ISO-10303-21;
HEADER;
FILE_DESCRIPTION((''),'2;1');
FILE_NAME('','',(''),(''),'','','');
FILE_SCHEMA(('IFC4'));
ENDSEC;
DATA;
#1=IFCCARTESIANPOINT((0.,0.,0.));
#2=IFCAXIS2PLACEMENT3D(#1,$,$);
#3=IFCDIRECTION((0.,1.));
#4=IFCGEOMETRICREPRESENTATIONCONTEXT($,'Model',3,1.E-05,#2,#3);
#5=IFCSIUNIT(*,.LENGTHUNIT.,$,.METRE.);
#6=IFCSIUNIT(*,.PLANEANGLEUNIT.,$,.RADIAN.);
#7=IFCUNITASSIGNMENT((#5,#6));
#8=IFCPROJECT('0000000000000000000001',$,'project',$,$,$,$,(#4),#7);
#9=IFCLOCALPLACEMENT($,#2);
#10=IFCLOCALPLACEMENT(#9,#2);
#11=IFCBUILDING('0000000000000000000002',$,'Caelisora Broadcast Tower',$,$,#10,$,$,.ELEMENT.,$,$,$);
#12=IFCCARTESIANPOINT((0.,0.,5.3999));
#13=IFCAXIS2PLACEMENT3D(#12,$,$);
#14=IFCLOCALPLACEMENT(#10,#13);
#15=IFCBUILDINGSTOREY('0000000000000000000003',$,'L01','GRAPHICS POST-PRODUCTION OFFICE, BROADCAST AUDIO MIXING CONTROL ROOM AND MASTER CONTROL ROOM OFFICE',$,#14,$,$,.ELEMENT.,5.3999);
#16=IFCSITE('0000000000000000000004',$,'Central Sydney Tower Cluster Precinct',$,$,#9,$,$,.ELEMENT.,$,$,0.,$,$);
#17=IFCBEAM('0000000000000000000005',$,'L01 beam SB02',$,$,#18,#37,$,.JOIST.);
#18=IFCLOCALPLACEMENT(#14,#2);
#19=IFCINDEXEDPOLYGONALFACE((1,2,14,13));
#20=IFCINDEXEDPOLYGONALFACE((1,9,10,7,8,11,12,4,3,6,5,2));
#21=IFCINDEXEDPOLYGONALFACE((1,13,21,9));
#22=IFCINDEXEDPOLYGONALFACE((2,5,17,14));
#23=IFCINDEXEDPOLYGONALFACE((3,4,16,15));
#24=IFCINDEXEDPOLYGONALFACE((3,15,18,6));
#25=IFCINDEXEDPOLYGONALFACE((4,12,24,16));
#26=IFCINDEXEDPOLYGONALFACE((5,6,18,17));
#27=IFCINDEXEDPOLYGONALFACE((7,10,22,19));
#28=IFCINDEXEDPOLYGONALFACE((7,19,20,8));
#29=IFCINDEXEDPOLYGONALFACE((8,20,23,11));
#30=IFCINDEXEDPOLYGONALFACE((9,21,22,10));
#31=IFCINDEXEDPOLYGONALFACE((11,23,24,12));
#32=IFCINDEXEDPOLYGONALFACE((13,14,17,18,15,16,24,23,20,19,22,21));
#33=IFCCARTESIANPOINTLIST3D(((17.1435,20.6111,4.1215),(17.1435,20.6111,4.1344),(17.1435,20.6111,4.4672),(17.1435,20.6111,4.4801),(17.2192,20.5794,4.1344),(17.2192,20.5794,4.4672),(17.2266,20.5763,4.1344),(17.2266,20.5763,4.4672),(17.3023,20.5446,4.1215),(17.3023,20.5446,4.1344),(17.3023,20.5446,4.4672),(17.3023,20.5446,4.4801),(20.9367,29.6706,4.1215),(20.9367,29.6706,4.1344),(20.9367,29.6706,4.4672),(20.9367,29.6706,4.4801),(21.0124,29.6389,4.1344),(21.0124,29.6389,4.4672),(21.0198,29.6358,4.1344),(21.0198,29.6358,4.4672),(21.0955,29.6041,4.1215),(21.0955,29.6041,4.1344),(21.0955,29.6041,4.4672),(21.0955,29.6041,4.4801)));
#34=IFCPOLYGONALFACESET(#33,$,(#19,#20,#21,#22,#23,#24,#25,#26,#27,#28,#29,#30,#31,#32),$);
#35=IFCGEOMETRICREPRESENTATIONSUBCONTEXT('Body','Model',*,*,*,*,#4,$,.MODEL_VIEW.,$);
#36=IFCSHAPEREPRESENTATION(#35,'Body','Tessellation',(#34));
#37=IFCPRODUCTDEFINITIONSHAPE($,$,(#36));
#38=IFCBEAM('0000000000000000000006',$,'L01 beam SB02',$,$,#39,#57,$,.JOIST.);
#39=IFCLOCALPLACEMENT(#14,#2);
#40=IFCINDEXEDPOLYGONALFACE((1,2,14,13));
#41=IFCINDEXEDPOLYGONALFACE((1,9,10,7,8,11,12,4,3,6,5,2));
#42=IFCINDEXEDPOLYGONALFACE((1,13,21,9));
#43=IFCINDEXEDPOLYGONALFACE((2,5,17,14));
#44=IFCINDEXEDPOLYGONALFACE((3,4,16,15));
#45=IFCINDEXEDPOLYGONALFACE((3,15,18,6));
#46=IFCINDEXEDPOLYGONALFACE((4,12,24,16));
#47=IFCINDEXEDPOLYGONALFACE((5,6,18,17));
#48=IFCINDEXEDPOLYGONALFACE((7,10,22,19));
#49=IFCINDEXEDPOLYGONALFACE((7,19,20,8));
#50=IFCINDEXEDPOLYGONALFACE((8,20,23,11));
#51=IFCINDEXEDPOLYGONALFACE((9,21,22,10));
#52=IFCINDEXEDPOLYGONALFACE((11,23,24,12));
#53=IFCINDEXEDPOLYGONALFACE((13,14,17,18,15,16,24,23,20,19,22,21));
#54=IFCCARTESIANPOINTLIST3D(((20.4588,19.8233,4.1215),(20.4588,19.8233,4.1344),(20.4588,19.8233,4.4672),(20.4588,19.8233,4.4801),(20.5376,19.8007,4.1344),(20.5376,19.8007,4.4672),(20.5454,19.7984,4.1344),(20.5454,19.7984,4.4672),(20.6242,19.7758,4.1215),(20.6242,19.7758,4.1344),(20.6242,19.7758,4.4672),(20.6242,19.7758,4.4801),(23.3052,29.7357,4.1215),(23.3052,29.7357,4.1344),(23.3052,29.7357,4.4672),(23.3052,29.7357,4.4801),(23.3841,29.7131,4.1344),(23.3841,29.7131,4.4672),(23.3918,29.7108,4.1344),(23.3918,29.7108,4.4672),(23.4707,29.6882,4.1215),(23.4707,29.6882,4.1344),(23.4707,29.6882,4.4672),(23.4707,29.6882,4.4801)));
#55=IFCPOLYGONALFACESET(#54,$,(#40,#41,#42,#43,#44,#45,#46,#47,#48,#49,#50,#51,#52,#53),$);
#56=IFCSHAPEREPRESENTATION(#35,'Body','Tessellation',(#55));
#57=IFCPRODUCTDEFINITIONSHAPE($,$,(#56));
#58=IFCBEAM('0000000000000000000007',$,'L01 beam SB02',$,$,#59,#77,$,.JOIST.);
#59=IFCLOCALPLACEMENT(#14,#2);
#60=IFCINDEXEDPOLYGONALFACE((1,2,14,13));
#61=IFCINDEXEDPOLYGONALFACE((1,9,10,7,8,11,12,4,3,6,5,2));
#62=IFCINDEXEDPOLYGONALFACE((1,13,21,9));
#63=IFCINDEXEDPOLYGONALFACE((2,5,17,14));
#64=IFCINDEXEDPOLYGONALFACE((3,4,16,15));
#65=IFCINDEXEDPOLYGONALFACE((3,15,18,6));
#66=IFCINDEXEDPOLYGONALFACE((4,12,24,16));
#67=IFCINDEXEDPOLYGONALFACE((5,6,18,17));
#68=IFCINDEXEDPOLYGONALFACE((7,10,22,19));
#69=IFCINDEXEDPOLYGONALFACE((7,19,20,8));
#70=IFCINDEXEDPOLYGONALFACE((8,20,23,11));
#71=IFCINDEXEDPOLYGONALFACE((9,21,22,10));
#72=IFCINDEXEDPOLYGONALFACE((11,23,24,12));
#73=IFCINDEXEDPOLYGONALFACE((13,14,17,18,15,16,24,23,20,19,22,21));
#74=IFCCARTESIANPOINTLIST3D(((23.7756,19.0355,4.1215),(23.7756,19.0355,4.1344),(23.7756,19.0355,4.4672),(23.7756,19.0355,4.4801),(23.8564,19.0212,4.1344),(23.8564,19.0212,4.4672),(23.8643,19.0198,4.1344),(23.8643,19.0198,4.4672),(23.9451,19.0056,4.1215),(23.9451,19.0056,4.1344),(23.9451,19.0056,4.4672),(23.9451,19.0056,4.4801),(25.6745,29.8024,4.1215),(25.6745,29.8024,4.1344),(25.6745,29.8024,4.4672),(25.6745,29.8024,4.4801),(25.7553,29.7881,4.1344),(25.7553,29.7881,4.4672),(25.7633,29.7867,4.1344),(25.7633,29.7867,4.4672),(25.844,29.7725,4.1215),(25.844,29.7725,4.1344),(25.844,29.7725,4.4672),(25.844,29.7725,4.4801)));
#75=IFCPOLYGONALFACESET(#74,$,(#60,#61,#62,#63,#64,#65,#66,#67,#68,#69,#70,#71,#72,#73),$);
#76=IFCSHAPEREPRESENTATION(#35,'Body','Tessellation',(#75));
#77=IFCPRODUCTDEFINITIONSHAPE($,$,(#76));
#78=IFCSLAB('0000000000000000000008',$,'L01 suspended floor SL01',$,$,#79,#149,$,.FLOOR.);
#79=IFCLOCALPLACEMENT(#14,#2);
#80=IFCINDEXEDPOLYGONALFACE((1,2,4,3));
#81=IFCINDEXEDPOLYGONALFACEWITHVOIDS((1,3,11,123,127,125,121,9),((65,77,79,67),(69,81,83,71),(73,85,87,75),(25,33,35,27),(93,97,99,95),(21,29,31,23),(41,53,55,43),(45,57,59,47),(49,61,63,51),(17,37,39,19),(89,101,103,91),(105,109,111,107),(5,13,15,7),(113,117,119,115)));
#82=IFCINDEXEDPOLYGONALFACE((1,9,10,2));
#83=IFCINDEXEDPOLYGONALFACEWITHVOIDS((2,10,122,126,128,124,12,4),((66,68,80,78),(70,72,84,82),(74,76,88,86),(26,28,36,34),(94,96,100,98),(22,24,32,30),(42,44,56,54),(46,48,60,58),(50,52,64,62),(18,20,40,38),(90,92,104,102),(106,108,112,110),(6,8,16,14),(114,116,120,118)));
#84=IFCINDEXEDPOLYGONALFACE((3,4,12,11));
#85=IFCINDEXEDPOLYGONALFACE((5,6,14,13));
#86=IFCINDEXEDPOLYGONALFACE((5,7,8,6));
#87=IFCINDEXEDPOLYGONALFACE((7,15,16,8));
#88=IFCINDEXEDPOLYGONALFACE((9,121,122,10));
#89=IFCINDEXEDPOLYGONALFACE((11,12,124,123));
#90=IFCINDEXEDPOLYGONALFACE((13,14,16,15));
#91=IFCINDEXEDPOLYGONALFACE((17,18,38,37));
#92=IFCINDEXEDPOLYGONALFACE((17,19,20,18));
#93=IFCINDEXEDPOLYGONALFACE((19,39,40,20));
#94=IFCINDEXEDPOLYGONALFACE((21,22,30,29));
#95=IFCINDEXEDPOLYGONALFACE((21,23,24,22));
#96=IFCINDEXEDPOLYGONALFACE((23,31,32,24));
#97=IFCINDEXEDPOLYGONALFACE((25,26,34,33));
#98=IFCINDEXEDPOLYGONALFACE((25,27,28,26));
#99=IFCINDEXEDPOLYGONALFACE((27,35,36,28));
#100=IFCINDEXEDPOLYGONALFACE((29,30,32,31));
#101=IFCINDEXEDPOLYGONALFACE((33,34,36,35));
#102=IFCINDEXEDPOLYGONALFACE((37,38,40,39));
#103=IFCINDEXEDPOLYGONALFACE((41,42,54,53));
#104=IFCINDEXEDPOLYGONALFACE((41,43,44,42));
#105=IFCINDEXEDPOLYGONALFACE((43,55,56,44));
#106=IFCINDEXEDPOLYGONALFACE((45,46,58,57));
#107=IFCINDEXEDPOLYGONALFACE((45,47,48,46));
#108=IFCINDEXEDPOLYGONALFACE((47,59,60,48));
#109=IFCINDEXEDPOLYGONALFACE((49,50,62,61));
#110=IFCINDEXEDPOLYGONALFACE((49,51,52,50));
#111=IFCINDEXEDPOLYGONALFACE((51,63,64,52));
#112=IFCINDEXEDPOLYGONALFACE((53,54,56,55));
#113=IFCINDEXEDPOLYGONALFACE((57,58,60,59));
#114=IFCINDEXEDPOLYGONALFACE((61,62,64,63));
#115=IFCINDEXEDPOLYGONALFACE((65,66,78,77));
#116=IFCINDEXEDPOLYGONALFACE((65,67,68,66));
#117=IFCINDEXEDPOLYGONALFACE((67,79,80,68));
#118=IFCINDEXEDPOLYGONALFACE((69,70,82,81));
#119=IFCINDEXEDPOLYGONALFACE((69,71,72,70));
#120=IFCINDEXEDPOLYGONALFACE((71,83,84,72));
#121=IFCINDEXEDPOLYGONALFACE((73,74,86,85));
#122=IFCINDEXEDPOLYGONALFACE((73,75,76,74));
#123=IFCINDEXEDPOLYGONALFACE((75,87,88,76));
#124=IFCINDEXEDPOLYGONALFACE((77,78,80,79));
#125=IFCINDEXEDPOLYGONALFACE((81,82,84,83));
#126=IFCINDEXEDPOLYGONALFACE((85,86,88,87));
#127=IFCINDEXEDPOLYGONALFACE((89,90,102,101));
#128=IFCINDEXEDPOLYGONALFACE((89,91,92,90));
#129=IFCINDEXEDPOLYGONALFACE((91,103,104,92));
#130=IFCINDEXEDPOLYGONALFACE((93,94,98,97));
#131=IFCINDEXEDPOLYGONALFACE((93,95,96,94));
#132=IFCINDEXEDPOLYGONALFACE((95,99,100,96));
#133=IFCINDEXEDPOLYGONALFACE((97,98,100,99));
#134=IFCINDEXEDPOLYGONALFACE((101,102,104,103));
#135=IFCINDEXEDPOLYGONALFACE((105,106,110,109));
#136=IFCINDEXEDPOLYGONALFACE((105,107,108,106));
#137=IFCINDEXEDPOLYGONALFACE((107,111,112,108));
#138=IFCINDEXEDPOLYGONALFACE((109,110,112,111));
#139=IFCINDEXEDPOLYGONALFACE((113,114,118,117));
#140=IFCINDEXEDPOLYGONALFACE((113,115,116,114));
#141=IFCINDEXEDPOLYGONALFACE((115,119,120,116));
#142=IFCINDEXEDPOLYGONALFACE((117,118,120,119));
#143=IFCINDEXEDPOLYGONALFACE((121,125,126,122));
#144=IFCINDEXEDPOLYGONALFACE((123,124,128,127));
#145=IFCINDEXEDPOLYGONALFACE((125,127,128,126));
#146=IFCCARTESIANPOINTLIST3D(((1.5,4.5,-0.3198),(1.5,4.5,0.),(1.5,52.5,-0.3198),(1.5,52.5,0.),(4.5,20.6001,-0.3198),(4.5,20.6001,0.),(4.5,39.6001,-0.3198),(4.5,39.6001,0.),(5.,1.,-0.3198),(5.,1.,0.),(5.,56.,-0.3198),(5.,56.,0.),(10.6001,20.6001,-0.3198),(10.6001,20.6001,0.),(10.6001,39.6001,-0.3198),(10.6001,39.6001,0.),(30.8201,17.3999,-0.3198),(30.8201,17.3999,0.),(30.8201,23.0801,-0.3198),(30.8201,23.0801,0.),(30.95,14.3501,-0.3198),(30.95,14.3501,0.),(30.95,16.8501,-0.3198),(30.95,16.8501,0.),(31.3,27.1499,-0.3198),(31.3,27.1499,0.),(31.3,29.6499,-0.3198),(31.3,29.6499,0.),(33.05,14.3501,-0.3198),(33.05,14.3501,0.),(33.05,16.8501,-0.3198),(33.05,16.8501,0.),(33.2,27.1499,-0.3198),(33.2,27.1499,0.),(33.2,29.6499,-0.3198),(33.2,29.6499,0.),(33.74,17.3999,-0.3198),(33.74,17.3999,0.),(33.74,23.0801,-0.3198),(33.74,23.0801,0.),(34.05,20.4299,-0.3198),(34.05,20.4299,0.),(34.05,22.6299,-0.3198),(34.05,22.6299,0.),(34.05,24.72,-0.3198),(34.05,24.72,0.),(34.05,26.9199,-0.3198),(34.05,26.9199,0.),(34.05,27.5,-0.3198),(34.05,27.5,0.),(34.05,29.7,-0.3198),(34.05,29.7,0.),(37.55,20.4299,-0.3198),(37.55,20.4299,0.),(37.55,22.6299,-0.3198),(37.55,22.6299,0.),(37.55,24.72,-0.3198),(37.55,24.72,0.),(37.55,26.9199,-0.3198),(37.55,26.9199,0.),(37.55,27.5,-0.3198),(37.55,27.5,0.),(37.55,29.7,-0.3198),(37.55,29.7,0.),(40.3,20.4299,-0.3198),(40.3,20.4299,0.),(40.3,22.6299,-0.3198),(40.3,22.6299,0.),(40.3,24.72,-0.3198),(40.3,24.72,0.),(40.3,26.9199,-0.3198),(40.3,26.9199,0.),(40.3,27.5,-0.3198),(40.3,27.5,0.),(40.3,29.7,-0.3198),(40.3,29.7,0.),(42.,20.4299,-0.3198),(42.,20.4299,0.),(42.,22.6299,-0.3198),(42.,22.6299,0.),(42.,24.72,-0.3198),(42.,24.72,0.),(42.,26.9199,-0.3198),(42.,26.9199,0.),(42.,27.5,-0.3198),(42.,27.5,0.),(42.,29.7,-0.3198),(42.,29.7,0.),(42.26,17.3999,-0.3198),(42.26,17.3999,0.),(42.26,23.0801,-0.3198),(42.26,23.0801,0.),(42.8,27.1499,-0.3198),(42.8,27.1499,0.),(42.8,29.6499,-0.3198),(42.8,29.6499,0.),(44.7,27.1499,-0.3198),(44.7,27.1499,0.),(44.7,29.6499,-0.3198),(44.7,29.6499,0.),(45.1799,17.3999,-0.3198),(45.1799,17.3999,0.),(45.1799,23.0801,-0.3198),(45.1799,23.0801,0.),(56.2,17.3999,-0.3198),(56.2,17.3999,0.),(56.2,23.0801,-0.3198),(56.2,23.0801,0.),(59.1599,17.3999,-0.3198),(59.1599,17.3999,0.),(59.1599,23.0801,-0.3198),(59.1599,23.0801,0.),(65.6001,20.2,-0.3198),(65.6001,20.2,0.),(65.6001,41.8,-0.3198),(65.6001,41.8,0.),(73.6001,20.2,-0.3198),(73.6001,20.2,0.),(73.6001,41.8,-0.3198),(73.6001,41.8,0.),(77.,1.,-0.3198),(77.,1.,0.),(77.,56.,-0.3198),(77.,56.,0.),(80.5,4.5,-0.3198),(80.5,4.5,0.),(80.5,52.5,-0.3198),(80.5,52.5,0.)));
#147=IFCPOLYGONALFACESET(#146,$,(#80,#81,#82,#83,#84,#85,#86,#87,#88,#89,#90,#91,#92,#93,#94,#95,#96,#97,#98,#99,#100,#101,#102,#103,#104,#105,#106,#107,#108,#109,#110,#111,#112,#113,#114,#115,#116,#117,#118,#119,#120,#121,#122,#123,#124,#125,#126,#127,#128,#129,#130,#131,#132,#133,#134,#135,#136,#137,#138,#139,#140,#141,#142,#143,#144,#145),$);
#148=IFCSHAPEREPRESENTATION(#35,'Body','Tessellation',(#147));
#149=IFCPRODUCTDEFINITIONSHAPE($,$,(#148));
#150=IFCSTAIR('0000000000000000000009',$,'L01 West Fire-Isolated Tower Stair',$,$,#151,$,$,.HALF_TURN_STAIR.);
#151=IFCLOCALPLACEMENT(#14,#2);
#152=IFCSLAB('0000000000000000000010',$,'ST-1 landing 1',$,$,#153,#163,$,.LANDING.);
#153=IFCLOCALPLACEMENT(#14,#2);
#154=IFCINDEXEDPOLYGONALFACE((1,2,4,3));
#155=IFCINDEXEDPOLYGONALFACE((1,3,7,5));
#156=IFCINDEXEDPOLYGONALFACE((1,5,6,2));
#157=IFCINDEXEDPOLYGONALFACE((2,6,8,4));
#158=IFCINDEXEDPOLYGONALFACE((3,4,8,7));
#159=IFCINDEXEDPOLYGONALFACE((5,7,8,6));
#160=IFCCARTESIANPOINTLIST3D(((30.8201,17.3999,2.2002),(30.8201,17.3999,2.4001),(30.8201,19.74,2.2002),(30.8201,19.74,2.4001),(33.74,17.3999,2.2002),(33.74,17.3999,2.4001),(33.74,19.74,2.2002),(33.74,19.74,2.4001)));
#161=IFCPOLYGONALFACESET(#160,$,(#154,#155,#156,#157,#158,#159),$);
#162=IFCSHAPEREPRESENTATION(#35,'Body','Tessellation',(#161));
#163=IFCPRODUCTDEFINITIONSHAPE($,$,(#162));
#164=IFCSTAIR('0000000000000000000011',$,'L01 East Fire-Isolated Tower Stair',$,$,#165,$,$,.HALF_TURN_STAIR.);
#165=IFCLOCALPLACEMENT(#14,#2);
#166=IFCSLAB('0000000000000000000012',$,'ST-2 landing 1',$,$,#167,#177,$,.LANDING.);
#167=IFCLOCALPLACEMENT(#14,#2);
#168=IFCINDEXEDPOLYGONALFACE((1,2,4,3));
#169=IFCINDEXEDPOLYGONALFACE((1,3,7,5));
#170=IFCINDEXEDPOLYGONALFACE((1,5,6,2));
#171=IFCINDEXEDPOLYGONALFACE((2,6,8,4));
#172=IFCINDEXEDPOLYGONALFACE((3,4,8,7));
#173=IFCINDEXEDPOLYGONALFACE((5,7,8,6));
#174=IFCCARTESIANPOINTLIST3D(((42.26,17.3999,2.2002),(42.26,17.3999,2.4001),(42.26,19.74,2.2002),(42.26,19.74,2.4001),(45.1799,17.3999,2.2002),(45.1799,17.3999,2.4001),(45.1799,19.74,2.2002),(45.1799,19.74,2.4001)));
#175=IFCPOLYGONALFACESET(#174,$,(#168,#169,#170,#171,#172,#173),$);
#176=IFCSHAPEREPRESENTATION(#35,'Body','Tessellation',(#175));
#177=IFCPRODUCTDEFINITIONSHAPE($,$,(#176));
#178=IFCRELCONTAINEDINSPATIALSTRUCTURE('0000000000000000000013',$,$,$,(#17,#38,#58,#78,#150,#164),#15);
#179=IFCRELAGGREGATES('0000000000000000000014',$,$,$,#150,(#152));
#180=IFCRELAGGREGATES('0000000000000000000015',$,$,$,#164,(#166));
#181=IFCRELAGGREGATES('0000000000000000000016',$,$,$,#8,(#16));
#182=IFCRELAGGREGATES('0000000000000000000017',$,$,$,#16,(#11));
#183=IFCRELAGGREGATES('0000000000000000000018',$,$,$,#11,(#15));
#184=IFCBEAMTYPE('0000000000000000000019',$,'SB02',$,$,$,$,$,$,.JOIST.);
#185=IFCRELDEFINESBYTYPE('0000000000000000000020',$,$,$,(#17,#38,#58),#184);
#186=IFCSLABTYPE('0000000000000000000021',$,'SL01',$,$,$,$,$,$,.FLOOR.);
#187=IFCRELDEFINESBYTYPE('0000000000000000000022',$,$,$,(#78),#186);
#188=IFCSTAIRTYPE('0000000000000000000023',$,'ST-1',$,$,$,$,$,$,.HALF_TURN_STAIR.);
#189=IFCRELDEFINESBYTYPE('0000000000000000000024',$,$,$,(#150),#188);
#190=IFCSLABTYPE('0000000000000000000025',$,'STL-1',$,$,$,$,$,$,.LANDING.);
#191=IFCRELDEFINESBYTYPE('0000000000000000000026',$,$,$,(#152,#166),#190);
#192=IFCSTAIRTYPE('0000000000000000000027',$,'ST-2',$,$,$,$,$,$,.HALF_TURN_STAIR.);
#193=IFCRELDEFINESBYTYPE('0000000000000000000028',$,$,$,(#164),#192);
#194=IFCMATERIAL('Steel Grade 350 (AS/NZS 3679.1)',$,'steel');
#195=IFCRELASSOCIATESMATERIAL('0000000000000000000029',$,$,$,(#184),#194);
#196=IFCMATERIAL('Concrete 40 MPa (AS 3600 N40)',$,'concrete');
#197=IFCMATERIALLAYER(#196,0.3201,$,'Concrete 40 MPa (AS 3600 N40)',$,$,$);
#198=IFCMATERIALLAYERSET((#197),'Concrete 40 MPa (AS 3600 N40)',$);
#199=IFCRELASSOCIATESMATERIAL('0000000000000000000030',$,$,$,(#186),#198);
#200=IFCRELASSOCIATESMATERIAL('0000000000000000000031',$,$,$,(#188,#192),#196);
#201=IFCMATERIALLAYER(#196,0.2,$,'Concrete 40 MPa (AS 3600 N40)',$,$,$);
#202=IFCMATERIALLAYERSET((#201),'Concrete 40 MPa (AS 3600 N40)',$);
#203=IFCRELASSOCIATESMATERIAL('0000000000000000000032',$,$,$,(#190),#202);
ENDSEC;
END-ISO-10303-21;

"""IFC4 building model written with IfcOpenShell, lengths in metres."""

from ifc_helpers import new_model, si_unit, direction, frame, origin, origin_2d, place, context, subcontext, project, spatial, polyline, i_section, outline, extrude, source, transform, mapped, material, layer, layer_set, material_profile, profile_set, type_object, type_shapes, element, aggregate, save


model = new_model("IFC4")

# Units and contexts
model_context = context("Model", 3, precision=1e-05, world=origin(), true_north=direction((0.0, 1.0)))
body_context = subcontext(model_context, "Body", "Model", "MODEL_VIEW")
ifc_project = project(units=[si_unit("LENGTHUNIT", "METRE"), si_unit("PLANEANGLEUNIT", "RADIAN")], contexts=[model_context])

# Site, building, storey
site_placement = place(None, origin())
site = spatial("IfcSite", under=ifc_project, at=site_placement, Name="Central Sydney Tower Cluster Precinct", CompositionType="ELEMENT", RefElevation=0.0)
building_placement = place(site_placement, origin())
building = spatial("IfcBuilding", under=site, at=building_placement, Name="Caelisora Broadcast Tower", CompositionType="ELEMENT")
storey_placement = place(building_placement, frame((0.0, 0.0, 5.3999)))
storey = spatial("IfcBuildingStorey", under=building, at=storey_placement, Name="L01", Description="GRAPHICS POST-PRODUCTION OFFICE, BROADCAST AUDIO MIXING CONTROL ROOM AND MASTER CONTROL ROOM OFFICE", CompositionType="ELEMENT", Elevation=5.3999)

# Beams
ifc_material_1 = material(Name="Steel Grade 350 (AS/NZS 3679.1)", Category="steel")
ifc_material_profile_1 = material_profile(ifc_material_1, i_section(OverallWidth=0.1721, OverallDepth=0.3586, WebThickness=0.0081, FlangeThickness=0.0129, at=origin_2d()), Name="Steel Grade 350 (AS/NZS 3679.1)")
ifc_profile_set_1 = profile_set([ifc_material_profile_1], Name="Steel Grade 350 (AS/NZS 3679.1)")
beam_type_1 = type_object("IfcBeamType", Name="SB02", PredefinedType="JOIST", material=ifc_profile_set_1)
shared_shape_1 = source(origin(), body_context, "Body", "SweptSolid", [
    extrude(i_section(OverallWidth=0.1721, OverallDepth=0.3586, WebThickness=0.0081, FlangeThickness=0.0129, at=origin_2d()), origin(), (0.0, 0.0, 1.0), 9.8215),
])
beam_1_placement = place(storey_placement, frame((17.2229, 20.5779, 4.3008), z_axis=(0.38621, 0.922411, 0.0), x_axis=(-0.922411, 0.38621, 0.0)))
element("IfcBeam", 1, at=beam_1_placement, inside=storey, type_object=beam_type_1, Name="L01 beam SB02", PredefinedType="JOIST", context=body_context, shape_type="MappedRepresentation", body=[
    mapped(shared_shape_1, transform((0.0, 0.0, 0.0), scale=1.0)),
])
shared_shape_2 = source(origin(), body_context, "Body", "SweptSolid", [
    extrude(i_section(OverallWidth=0.1721, OverallDepth=0.3586, WebThickness=0.0081, FlangeThickness=0.0129, at=origin_2d()), origin(), (0.0, 0.0, 1.0), 10.313),
])
beam_2_placement = place(storey_placement, frame((20.5415, 19.7996, 4.3008), z_axis=(0.276006, 0.961156, 0.0), x_axis=(-0.961156, 0.276006, 0.0)))
element("IfcBeam", 2, at=beam_2_placement, inside=storey, type_object=beam_type_1, Name="L01 beam SB02", PredefinedType="JOIST", context=body_context, shape_type="MappedRepresentation", body=[
    mapped(shared_shape_2, transform((0.0, 0.0, 0.0), scale=1.0)),
])
shared_shape_3 = source(origin(), body_context, "Body", "SweptSolid", [
    extrude(i_section(OverallWidth=0.1721, OverallDepth=0.3586, WebThickness=0.0081, FlangeThickness=0.0129, at=origin_2d()), origin(), (0.0, 0.0, 1.0), 10.9331),
])
type_shapes(beam_type_1, [shared_shape_1, shared_shape_2, shared_shape_3])
beam_3_placement = place(storey_placement, frame((23.8604, 19.0205, 4.3008), z_axis=(0.173687, 0.984801, 0.0), x_axis=(-0.984801, 0.173687, 0.0)))
element("IfcBeam", 3, at=beam_3_placement, inside=storey, type_object=beam_type_1, Name="L01 beam SB02", PredefinedType="JOIST", context=body_context, shape_type="MappedRepresentation", body=[
    mapped(shared_shape_3, transform((0.0, 0.0, 0.0), scale=1.0)),
])

# Slab
ifc_material_2 = material(Name="Concrete 40 MPa (AS 3600 N40)", Category="concrete")
ifc_layer_1 = layer(ifc_material_2, 0.3201, Name="Concrete 40 MPa (AS 3600 N40)")
ifc_layer_set_1 = layer_set([ifc_layer_1], Name="Concrete 40 MPa (AS 3600 N40)")
slab_type_1 = type_object("IfcSlabType", Name="SL01", PredefinedType="FLOOR", material=ifc_layer_set_1)
slab_1_placement = place(storey_placement, frame((0.0, 0.0, -0.3198)))
element("IfcSlab", 4, at=slab_1_placement, inside=storey, type_object=slab_type_1, Name="L01 suspended floor SL01", PredefinedType="FLOOR", context=body_context, shape_type="SweptSolid", body=[
    extrude(outline(polyline([(5.0, 1.0), (77.0, 1.0), (80.5, 4.5), (80.5, 52.5), (77.0, 56.0), (5.0, 56.0), (1.5, 52.5), (1.5, 4.5), (5.0, 1.0)]), holes=[polyline([(30.8201, 17.3999), (33.74, 17.3999), (33.74, 23.0801), (30.8201, 23.0801), (30.8201, 17.3999)]), polyline([(42.26, 17.3999), (45.1799, 17.3999), (45.1799, 23.0801), (42.26, 23.0801), (42.26, 17.3999)]), polyline([(56.2, 17.3999), (59.1599, 17.3999), (59.1599, 23.0801), (56.2, 23.0801), (56.2, 17.3999)]), polyline([(42.8, 27.1499), (44.7, 27.1499), (44.7, 29.6499), (42.8, 29.6499), (42.8, 27.1499)]), polyline([(40.3, 20.4299), (42.0, 20.4299), (42.0, 22.6299), (40.3, 22.6299), (40.3, 20.4299)]), polyline([(40.3, 24.72), (42.0, 24.72), (42.0, 26.9199), (40.3, 26.9199), (40.3, 24.72)]), polyline([(40.3, 27.5), (42.0, 27.5), (42.0, 29.7), (40.3, 29.7), (40.3, 27.5)]), polyline([(34.05, 27.5), (37.55, 27.5), (37.55, 29.7), (34.05, 29.7), (34.05, 27.5)]), polyline([(34.05, 20.4299), (37.55, 20.4299), (37.55, 22.6299), (34.05, 22.6299), (34.05, 20.4299)]), polyline([(34.05, 24.72), (37.55, 24.72), (37.55, 26.9199), (34.05, 26.9199), (34.05, 24.72)]), polyline([(31.3, 27.1499), (33.2, 27.1499), (33.2, 29.6499), (31.3, 29.6499), (31.3, 27.1499)]), polyline([(30.95, 14.3501), (33.05, 14.3501), (33.05, 16.8501), (30.95, 16.8501), (30.95, 14.3501)]), polyline([(4.5, 20.6001), (10.6001, 20.6001), (10.6001, 39.6001), (4.5, 39.6001), (4.5, 20.6001)]), polyline([(65.6001, 20.2), (73.6001, 20.2), (73.6001, 41.8), (65.6001, 41.8), (65.6001, 20.2)])]), origin(), (0.0, 0.0, 1.0), 0.3198),
])

# Stairs, slabs
stair_type_1 = type_object("IfcStairType", Name="ST-1", PredefinedType="HALF_TURN_STAIR", material=ifc_material_2)
stair_1_placement = place(storey_placement, origin())
stair_1 = element("IfcStair", 5, at=stair_1_placement, inside=storey, type_object=stair_type_1, Name="L01 West Fire-Isolated Tower Stair", PredefinedType="HALF_TURN_STAIR")
ifc_layer_2 = layer(ifc_material_2, 0.2, Name="Concrete 40 MPa (AS 3600 N40)")
ifc_layer_set_2 = layer_set([ifc_layer_2], Name="Concrete 40 MPa (AS 3600 N40)")
slab_type_2 = type_object("IfcSlabType", Name="STL-1", PredefinedType="LANDING", material=ifc_layer_set_2)
slab_2_placement = place(storey_placement, frame((0.0, 0.0, 2.2002)))
slab_2 = element("IfcSlab", 6, at=slab_2_placement, type_object=slab_type_2, Name="ST-1 landing 1", PredefinedType="LANDING", context=body_context, shape_type="SweptSolid", body=[
    extrude(outline(polyline([(30.8201, 19.74), (30.8201, 17.3999), (33.74, 17.3999), (33.74, 19.74), (30.8201, 19.74)])), origin(), (0.0, 0.0, 1.0), 0.2),
])
aggregate(stair_1, [slab_2])
stair_type_2 = type_object("IfcStairType", Name="ST-2", PredefinedType="HALF_TURN_STAIR", material=ifc_material_2)
stair_2_placement = place(storey_placement, origin())
stair_2 = element("IfcStair", 7, at=stair_2_placement, inside=storey, type_object=stair_type_2, Name="L01 East Fire-Isolated Tower Stair", PredefinedType="HALF_TURN_STAIR")
slab_3_placement = place(storey_placement, frame((0.0, 0.0, 2.2002)))
slab_3 = element("IfcSlab", 8, at=slab_3_placement, type_object=slab_type_2, Name="ST-2 landing 1", PredefinedType="LANDING", context=body_context, shape_type="SweptSolid", body=[
    extrude(outline(polyline([(42.26, 19.74), (42.26, 17.3999), (45.1799, 17.3999), (45.1799, 19.74), (42.26, 19.74)])), origin(), (0.0, 0.0, 1.0), 0.2),
])
aggregate(stair_2, [slab_3])

save(model, "model.ifc")
